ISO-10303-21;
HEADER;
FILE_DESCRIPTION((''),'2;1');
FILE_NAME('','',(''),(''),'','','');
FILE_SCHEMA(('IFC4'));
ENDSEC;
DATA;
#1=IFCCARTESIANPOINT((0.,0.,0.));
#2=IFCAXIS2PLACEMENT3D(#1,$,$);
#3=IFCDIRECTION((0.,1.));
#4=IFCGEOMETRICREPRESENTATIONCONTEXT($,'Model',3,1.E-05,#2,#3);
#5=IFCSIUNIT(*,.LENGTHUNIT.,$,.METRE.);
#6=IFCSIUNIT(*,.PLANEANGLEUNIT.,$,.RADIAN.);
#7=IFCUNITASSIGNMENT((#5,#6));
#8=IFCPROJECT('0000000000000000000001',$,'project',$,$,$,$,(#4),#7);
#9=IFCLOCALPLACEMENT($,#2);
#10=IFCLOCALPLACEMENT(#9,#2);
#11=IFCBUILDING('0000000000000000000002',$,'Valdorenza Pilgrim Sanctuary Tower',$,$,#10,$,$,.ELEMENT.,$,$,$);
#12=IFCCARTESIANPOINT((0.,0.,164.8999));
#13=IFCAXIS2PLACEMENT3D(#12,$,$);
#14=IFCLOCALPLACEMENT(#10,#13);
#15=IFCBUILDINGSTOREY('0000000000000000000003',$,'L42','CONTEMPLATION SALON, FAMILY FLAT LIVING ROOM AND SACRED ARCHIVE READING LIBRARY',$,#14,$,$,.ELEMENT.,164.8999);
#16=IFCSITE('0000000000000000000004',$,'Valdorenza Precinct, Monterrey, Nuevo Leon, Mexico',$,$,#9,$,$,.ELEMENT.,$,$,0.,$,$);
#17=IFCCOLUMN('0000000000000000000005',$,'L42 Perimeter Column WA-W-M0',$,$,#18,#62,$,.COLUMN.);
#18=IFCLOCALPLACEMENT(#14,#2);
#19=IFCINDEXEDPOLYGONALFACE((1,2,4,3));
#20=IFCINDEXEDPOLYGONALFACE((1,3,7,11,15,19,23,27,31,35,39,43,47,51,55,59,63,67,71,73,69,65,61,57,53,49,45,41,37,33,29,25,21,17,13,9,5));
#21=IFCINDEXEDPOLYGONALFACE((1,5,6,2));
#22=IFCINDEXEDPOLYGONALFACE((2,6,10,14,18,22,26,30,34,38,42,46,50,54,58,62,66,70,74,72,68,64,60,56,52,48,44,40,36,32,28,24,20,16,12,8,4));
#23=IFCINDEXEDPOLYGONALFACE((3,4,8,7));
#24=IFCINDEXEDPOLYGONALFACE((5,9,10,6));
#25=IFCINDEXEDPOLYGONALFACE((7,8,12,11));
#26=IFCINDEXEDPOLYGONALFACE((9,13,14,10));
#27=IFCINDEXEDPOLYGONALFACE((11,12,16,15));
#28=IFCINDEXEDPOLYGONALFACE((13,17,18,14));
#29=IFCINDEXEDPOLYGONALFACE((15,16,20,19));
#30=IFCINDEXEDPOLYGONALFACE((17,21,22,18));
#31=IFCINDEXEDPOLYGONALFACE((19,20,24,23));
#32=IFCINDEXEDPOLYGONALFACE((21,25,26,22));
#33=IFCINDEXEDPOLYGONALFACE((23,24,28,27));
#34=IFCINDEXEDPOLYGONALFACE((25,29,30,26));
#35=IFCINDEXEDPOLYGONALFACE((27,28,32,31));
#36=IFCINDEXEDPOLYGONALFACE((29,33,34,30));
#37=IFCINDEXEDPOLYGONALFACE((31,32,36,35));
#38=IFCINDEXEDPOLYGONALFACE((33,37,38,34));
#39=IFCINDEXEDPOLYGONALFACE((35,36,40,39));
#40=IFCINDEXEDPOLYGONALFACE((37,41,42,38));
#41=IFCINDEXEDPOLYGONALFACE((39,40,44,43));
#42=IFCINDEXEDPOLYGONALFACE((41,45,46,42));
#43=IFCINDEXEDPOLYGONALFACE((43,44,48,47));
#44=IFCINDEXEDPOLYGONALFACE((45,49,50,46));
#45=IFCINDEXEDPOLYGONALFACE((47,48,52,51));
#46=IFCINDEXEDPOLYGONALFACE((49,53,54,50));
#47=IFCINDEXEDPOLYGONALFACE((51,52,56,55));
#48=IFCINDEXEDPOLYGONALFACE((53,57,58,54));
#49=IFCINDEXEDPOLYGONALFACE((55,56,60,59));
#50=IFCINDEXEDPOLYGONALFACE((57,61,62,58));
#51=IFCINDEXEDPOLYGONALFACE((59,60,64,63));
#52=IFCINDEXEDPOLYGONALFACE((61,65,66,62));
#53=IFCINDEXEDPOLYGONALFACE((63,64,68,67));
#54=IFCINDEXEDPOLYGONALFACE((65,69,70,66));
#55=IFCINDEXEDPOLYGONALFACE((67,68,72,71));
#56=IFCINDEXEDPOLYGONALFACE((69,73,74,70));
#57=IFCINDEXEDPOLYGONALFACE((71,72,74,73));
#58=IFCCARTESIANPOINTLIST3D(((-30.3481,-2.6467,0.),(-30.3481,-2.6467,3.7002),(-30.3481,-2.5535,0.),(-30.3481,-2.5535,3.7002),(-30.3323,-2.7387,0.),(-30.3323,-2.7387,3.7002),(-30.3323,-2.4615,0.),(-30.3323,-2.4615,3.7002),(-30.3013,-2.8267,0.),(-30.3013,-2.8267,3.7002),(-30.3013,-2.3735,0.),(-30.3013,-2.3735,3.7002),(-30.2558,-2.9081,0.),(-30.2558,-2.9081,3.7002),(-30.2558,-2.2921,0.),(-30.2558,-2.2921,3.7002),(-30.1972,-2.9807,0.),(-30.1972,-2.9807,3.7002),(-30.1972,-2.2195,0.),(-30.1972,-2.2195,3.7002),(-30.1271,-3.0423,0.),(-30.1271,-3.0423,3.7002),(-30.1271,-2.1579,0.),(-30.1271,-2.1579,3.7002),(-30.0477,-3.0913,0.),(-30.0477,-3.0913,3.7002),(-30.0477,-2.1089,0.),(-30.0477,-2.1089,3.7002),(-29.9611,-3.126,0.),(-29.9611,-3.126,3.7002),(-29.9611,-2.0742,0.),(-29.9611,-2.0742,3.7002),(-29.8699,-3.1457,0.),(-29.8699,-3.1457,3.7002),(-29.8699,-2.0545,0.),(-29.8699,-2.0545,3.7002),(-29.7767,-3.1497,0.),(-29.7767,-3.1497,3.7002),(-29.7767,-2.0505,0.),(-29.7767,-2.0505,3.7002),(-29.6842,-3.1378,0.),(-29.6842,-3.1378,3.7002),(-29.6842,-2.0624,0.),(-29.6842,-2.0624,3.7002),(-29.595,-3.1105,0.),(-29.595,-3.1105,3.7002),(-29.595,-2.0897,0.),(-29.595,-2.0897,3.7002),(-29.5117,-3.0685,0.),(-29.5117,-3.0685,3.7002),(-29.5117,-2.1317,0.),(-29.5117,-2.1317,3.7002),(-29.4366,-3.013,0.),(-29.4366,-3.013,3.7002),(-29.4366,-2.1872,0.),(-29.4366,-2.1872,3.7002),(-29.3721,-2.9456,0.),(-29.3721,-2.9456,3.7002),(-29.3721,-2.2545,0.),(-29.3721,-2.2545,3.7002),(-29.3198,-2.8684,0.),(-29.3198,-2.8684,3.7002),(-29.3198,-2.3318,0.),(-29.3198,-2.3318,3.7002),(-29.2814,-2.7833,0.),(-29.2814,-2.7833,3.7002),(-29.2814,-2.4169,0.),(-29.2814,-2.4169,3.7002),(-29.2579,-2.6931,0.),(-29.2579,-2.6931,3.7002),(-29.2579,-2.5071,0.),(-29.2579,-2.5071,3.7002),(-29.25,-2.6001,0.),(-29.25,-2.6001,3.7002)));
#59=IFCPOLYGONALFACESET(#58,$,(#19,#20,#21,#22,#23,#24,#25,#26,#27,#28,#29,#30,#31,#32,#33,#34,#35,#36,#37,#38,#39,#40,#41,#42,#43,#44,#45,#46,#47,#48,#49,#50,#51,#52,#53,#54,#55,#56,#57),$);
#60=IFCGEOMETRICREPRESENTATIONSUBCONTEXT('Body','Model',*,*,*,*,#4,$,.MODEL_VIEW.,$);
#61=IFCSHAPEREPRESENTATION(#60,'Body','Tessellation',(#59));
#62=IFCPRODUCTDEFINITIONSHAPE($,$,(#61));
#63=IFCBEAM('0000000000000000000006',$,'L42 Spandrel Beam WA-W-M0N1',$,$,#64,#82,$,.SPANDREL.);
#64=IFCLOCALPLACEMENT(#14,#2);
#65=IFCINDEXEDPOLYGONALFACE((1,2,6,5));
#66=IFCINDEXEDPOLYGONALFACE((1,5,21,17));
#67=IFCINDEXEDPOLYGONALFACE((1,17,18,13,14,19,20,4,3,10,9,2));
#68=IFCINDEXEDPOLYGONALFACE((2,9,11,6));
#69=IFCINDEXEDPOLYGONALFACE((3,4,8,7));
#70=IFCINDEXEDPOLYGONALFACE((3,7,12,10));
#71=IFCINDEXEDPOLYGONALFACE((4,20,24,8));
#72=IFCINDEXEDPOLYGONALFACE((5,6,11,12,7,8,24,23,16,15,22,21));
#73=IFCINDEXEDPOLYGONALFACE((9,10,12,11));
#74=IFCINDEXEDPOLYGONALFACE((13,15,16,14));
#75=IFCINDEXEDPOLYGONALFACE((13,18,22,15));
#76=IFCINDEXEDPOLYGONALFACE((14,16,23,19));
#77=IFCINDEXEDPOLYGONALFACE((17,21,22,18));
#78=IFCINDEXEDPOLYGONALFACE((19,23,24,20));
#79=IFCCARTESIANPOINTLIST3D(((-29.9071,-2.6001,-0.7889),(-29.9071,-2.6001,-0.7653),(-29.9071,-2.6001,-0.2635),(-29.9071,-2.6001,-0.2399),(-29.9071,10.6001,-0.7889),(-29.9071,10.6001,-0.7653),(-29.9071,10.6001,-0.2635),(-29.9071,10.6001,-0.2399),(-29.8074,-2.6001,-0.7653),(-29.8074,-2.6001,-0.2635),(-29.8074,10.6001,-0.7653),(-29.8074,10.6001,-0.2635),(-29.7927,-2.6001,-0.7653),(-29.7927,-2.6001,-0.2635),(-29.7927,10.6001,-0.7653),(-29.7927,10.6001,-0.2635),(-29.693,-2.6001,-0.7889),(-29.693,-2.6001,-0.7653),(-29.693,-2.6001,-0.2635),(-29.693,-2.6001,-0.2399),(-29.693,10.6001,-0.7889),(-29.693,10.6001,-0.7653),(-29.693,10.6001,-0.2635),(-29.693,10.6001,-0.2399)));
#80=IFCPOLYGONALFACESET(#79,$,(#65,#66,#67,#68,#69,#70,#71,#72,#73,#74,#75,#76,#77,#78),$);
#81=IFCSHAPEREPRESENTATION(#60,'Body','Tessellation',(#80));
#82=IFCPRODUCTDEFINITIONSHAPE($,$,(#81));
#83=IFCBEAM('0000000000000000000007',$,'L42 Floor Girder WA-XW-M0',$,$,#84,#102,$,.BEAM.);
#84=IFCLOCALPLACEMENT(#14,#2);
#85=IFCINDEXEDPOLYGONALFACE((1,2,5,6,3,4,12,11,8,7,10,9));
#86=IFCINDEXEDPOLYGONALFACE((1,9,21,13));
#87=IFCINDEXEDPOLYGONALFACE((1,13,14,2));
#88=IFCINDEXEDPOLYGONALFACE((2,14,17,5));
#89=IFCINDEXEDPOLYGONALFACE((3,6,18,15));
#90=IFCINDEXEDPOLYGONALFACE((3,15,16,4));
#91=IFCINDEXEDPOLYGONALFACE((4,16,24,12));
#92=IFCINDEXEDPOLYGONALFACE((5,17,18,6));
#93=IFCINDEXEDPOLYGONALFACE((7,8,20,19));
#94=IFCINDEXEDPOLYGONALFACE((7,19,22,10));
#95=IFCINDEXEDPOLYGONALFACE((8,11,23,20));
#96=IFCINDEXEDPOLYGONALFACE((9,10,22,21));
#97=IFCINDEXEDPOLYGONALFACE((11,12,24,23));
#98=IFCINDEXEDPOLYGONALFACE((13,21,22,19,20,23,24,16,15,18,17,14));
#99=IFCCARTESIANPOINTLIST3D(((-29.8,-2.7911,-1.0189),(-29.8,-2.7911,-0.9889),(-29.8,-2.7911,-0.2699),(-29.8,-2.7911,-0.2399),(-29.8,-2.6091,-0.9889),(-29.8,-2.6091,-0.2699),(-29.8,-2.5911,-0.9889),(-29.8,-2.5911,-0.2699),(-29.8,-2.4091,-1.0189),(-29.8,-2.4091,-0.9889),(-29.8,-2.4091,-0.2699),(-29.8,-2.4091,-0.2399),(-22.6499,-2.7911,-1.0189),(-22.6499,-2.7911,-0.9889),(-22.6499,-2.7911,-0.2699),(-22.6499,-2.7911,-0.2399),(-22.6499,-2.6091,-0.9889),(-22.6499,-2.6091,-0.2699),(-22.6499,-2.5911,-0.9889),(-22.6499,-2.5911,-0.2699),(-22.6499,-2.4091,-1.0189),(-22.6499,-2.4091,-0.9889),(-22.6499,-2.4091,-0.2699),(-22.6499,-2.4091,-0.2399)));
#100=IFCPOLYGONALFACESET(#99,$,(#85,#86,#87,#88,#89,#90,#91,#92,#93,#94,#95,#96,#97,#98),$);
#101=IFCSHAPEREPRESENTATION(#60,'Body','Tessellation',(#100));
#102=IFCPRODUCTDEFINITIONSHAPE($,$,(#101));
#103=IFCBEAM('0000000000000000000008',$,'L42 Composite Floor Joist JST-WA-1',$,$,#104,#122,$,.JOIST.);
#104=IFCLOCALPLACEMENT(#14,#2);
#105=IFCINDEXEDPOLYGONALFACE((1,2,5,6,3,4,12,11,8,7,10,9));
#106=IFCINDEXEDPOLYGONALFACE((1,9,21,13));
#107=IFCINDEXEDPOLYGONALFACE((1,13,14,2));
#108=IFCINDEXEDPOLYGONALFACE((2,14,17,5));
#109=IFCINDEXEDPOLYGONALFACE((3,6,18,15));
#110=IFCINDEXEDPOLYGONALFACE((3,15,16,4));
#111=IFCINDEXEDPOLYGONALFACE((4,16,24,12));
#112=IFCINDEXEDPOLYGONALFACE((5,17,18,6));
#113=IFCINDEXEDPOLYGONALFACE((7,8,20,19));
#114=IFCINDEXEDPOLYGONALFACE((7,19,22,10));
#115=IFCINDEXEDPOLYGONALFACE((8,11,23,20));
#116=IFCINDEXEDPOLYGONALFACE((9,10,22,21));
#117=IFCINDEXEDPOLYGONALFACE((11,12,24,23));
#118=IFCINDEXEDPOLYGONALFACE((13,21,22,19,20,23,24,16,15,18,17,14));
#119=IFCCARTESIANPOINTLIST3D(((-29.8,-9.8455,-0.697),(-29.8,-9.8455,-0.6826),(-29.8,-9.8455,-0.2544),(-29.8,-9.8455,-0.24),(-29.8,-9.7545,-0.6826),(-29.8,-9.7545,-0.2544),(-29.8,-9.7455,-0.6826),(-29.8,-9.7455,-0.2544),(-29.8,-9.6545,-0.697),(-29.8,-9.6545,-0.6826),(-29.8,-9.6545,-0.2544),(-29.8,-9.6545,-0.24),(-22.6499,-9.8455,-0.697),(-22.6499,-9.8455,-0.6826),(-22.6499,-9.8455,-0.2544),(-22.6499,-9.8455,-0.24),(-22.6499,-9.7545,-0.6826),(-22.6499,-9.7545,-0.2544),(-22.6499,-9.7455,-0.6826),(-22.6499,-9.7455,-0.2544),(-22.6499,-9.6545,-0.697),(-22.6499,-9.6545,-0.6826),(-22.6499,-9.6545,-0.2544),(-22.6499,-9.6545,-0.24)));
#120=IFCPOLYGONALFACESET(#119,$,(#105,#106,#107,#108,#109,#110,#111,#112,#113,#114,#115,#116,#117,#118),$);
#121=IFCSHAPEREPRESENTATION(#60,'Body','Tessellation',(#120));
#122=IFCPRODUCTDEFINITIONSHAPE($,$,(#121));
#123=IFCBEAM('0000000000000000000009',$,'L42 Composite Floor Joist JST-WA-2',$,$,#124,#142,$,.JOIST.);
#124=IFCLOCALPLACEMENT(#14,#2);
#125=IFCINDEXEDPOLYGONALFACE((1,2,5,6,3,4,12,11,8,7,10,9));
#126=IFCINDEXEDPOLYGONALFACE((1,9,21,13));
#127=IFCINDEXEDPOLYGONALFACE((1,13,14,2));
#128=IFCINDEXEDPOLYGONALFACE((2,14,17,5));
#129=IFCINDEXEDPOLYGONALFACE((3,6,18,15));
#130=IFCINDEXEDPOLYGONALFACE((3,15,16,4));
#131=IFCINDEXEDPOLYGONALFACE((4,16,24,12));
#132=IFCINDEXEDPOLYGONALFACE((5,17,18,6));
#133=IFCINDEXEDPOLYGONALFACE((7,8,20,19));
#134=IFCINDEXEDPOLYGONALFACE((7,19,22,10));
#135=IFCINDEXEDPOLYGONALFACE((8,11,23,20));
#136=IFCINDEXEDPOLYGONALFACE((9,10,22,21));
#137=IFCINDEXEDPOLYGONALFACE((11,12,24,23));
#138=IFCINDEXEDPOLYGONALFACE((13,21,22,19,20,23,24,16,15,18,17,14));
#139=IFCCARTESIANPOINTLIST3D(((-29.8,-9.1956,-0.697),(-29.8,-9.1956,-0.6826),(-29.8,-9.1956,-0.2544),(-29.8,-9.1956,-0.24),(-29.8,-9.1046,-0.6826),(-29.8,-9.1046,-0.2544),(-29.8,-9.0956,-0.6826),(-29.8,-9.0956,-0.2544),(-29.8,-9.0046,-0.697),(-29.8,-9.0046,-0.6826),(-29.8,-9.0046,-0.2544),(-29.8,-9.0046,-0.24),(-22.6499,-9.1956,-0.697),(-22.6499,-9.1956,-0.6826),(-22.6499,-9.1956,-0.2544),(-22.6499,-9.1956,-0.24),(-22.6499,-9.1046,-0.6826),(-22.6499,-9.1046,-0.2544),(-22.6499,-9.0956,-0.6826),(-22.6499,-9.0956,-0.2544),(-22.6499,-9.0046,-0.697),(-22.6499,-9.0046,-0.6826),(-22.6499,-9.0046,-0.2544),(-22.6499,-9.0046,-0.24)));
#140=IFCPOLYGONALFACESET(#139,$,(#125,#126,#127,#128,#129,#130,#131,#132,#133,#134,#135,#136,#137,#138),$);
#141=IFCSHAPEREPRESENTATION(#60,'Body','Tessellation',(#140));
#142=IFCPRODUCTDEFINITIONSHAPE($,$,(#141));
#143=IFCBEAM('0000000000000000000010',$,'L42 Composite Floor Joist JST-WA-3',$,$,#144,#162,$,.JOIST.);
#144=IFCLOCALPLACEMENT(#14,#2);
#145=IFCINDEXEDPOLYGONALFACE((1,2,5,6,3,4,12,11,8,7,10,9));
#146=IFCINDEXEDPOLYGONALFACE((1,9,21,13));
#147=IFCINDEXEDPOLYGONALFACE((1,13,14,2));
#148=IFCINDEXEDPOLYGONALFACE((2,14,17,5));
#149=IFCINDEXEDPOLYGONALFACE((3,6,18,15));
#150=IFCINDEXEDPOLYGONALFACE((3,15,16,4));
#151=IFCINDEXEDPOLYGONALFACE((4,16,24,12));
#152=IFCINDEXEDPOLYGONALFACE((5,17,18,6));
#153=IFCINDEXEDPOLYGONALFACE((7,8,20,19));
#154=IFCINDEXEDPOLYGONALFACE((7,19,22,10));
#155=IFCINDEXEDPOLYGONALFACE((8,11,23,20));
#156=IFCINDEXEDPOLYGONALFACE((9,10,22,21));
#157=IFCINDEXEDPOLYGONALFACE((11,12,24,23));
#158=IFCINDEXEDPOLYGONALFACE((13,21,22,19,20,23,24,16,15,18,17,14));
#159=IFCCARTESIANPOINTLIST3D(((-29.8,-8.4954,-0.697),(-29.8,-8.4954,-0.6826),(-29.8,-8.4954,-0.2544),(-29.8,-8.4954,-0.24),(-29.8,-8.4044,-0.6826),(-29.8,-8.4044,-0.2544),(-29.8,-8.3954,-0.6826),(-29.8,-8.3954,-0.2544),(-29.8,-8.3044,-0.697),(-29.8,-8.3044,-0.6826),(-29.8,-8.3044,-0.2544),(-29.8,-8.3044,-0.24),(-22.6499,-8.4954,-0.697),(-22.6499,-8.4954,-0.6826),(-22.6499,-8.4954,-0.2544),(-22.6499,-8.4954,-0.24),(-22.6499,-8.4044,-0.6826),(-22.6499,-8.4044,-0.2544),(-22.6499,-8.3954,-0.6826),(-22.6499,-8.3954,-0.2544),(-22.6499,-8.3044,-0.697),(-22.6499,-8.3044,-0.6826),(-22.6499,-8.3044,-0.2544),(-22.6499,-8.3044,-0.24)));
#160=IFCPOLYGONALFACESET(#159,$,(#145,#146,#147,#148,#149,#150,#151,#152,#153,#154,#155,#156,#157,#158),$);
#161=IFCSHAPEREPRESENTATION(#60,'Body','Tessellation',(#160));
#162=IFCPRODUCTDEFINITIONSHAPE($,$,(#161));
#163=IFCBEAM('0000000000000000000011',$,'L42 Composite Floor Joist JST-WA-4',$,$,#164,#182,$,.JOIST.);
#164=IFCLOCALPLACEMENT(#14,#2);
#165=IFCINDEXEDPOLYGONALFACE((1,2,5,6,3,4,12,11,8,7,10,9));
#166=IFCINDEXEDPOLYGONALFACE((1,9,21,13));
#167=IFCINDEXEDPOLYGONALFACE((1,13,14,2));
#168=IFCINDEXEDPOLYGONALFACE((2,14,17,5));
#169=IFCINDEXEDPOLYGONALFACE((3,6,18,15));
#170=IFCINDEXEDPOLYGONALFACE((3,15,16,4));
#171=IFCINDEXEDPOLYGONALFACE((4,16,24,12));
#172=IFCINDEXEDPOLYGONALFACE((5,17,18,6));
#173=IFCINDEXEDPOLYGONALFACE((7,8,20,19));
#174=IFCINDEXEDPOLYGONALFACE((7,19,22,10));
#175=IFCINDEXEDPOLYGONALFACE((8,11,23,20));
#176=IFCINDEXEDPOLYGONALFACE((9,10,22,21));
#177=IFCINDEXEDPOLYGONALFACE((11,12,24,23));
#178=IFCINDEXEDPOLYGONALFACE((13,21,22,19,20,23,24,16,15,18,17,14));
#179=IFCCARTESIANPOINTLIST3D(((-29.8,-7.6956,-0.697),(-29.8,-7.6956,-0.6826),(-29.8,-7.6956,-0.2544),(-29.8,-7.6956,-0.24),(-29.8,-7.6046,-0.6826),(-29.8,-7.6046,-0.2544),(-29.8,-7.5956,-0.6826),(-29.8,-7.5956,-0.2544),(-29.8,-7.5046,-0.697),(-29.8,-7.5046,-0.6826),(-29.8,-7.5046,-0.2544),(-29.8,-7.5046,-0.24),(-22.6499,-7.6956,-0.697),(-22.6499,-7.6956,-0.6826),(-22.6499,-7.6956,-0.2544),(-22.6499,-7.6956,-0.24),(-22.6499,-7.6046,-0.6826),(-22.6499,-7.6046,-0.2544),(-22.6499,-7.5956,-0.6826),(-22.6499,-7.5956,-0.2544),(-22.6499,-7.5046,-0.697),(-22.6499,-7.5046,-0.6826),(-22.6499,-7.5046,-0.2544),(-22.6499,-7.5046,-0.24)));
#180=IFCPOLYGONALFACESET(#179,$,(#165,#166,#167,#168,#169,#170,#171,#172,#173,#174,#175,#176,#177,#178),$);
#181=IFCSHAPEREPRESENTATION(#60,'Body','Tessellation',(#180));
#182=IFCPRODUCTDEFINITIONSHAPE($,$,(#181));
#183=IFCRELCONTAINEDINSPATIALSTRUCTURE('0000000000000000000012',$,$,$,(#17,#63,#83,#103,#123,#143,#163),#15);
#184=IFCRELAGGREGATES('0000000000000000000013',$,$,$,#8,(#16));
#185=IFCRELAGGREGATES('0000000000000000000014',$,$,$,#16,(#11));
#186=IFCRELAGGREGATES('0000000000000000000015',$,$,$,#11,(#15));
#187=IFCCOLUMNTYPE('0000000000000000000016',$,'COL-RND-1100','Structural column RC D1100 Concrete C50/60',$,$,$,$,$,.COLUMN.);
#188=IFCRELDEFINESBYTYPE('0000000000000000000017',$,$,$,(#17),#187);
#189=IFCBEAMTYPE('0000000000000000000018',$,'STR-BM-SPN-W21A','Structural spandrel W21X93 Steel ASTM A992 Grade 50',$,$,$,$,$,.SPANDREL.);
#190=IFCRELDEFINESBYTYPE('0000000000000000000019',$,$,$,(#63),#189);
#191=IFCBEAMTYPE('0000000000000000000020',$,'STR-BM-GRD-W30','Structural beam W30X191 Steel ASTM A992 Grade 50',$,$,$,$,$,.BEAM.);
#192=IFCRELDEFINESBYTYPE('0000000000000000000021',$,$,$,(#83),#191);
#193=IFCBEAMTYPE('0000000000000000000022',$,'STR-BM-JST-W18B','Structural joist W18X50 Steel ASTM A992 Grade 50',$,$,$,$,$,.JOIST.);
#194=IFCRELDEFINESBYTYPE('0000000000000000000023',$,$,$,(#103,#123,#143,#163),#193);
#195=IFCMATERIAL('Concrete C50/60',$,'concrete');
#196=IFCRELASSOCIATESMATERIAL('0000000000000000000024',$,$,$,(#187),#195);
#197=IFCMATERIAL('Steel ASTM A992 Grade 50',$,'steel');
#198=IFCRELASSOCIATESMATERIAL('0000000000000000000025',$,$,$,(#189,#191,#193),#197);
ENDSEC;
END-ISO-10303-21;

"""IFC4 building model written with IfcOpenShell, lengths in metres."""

from ifc_helpers import new_model, si_unit, direction, frame, origin, origin_2d, place, context, subcontext, project, spatial, circle, i_section, extrude, source, transform, mapped, material, material_profile, profile_set, type_object, element, save


model = new_model("IFC4")

# Units and contexts
model_context = context("Model", 3, precision=1e-05, world=origin(), true_north=direction((0.0, 1.0)))
body_context = subcontext(model_context, "Body", "Model", "MODEL_VIEW")
ifc_project = project(units=[si_unit("LENGTHUNIT", "METRE"), si_unit("PLANEANGLEUNIT", "RADIAN")], contexts=[model_context])

# Site, building, storey
site_placement = place(None, origin())
site = spatial("IfcSite", under=ifc_project, at=site_placement, Name="Valdorenza Precinct, Monterrey, Nuevo Leon, Mexico", CompositionType="ELEMENT", RefElevation=0.0)
building_placement = place(site_placement, origin())
building = spatial("IfcBuilding", under=site, at=building_placement, Name="Valdorenza Pilgrim Sanctuary Tower", CompositionType="ELEMENT")
storey_placement = place(building_placement, frame((0.0, 0.0, 164.8999)))
storey = spatial("IfcBuildingStorey", under=building, at=storey_placement, Name="L42", Description="CONTEMPLATION SALON, FAMILY FLAT LIVING ROOM AND SACRED ARCHIVE READING LIBRARY", CompositionType="ELEMENT", Elevation=164.8999)

# Column
ifc_material_1 = material(Name="Concrete C50/60", Category="concrete")
ifc_material_profile_1 = material_profile(ifc_material_1, circle(Radius=0.55, at=origin_2d()), Name="RC D1100")
ifc_profile_set_1 = profile_set([ifc_material_profile_1], Name="Concrete C50/60")
column_type = type_object("IfcColumnType", Name="COL-RND-1100", Description="Structural column RC D1100 Concrete C50/60", PredefinedType="COLUMN", material=ifc_profile_set_1)
shared_shape_1 = source(origin(), body_context, "Body", "SweptSolid", [
    extrude(circle(Radius=0.55, at=origin_2d()), origin(), (0.0, 0.0, 1.0), 3.7002),
])
column_placement = place(storey_placement, frame((-29.8, -2.6001, 0.0), z_axis=(0.0, 0.0, 1.0), x_axis=(1.0, 0.0, 0.0)))
element("IfcColumn", 1, at=column_placement, inside=storey, type_object=column_type, Name="L42 Perimeter Column WA-W-M0", PredefinedType="COLUMN", context=body_context, shape_type="MappedRepresentation", body=[
    mapped(shared_shape_1, transform((0.0, 0.0, 0.0), x_axis=(1.0, 0.0, 0.0), y_axis=(0.0, 1.0, 0.0), z_axis=(0.0, 0.0, 1.0), scale=1.0)),
])

# Beams
ifc_material_2 = material(Name="Steel ASTM A992 Grade 50", Category="steel")
ifc_material_profile_2 = material_profile(ifc_material_2, i_section(OverallWidth=0.2141, OverallDepth=0.5491, WebThickness=0.0146, FlangeThickness=0.0237, at=origin_2d()), Name="W21X93")
ifc_profile_set_2 = profile_set([ifc_material_profile_2], Name="Steel ASTM A992 Grade 50")
beam_type_1 = type_object("IfcBeamType", Name="STR-BM-SPN-W21A", Description="Structural spandrel W21X93 Steel ASTM A992 Grade 50", PredefinedType="SPANDREL", material=ifc_profile_set_2)
shared_shape_2 = source(origin(), body_context, "Body", "SweptSolid", [
    extrude(i_section(OverallWidth=0.2141, OverallDepth=0.5491, WebThickness=0.0146, FlangeThickness=0.0237, at=origin_2d()), origin(), (0.0, 0.0, 1.0), 13.2002),
])
beam_1_placement = place(storey_placement, frame((-29.8, -2.6001, -0.5144), z_axis=(0.0, 1.0, 0.0), x_axis=(-1.0, 0.0, 0.0)))
element("IfcBeam", 2, at=beam_1_placement, inside=storey, type_object=beam_type_1, Name="L42 Spandrel Beam WA-W-M0N1", PredefinedType="SPANDREL", context=body_context, shape_type="MappedRepresentation", body=[
    mapped(shared_shape_2, transform((0.0, 0.0, 0.0), x_axis=(1.0, 0.0, 0.0), y_axis=(0.0, 1.0, 0.0), z_axis=(0.0, 0.0, 1.0), scale=1.0)),
])
ifc_material_profile_3 = material_profile(ifc_material_2, i_section(OverallWidth=0.3821, OverallDepth=0.7791, WebThickness=0.0181, FlangeThickness=0.03, at=origin_2d()), Name="W30X191")
ifc_profile_set_3 = profile_set([ifc_material_profile_3], Name="Steel ASTM A992 Grade 50")
beam_type_2 = type_object("IfcBeamType", Name="STR-BM-GRD-W30", Description="Structural beam W30X191 Steel ASTM A992 Grade 50", PredefinedType="BEAM", material=ifc_profile_set_3)
shared_shape_3 = source(origin(), body_context, "Body", "SweptSolid", [
    extrude(i_section(OverallWidth=0.3821, OverallDepth=0.7791, WebThickness=0.0181, FlangeThickness=0.03, at=origin_2d()), origin(), (0.0, 0.0, 1.0), 7.1501),
])
beam_2_placement = place(storey_placement, frame((-29.8, -2.6001, -0.6294), z_axis=(1.0, 0.0, 0.0), x_axis=(0.0, 1.0, 0.0)))
element("IfcBeam", 3, at=beam_2_placement, inside=storey, type_object=beam_type_2, Name="L42 Floor Girder WA-XW-M0", PredefinedType="BEAM", context=body_context, shape_type="MappedRepresentation", body=[
    mapped(shared_shape_3, transform((0.0, 0.0, 0.0), x_axis=(1.0, 0.0, 0.0), y_axis=(0.0, 1.0, 0.0), z_axis=(0.0, 0.0, 1.0), scale=1.0)),
])
ifc_material_profile_4 = material_profile(ifc_material_2, i_section(OverallWidth=0.1909, OverallDepth=0.457, WebThickness=0.009, FlangeThickness=0.0144, at=origin_2d()), Name="W18X50")
ifc_profile_set_4 = profile_set([ifc_material_profile_4], Name="Steel ASTM A992 Grade 50")
beam_type_3 = type_object("IfcBeamType", Name="STR-BM-JST-W18B", Description="Structural joist W18X50 Steel ASTM A992 Grade 50", PredefinedType="JOIST", material=ifc_profile_set_4)
shared_shape_4 = source(origin(), body_context, "Body", "SweptSolid", [
    extrude(i_section(OverallWidth=0.1909, OverallDepth=0.457, WebThickness=0.009, FlangeThickness=0.0144, at=origin_2d()), origin(), (0.0, 0.0, 1.0), 7.1501),
])
for number, where, z_axis, x_axis, name in (
    (4, (-29.8, -9.75, -0.4685), (1.0, 0.0, 0.0), (0.0, 1.0, 0.0), "L42 Composite Floor Joist JST-WA-1"),
    (5, (-29.8, -9.1001, -0.4685), (1.0, 0.0, 0.0), (0.0, 1.0, 0.0), "L42 Composite Floor Joist JST-WA-2"),
    (6, (-29.8, -8.3999, -0.4685), (1.0, 0.0, 0.0), (0.0, 1.0, 0.0), "L42 Composite Floor Joist JST-WA-3"),
    (7, (-29.8, -7.6001, -0.4685), (1.0, 0.0, 0.0), (0.0, 1.0, 0.0), "L42 Composite Floor Joist JST-WA-4"),
):
    element("IfcBeam", number, at=place(storey_placement, frame(where, z_axis=z_axis, x_axis=x_axis)), inside=storey, type_object=beam_type_3, Name=name, PredefinedType="JOIST", context=body_context, shape_type="MappedRepresentation", body=[
        mapped(shared_shape_4, transform((0.0, 0.0, 0.0), x_axis=(1.0, 0.0, 0.0), y_axis=(0.0, 1.0, 0.0), z_axis=(0.0, 0.0, 1.0), scale=1.0)),
    ])

save(model, "model.ifc")
